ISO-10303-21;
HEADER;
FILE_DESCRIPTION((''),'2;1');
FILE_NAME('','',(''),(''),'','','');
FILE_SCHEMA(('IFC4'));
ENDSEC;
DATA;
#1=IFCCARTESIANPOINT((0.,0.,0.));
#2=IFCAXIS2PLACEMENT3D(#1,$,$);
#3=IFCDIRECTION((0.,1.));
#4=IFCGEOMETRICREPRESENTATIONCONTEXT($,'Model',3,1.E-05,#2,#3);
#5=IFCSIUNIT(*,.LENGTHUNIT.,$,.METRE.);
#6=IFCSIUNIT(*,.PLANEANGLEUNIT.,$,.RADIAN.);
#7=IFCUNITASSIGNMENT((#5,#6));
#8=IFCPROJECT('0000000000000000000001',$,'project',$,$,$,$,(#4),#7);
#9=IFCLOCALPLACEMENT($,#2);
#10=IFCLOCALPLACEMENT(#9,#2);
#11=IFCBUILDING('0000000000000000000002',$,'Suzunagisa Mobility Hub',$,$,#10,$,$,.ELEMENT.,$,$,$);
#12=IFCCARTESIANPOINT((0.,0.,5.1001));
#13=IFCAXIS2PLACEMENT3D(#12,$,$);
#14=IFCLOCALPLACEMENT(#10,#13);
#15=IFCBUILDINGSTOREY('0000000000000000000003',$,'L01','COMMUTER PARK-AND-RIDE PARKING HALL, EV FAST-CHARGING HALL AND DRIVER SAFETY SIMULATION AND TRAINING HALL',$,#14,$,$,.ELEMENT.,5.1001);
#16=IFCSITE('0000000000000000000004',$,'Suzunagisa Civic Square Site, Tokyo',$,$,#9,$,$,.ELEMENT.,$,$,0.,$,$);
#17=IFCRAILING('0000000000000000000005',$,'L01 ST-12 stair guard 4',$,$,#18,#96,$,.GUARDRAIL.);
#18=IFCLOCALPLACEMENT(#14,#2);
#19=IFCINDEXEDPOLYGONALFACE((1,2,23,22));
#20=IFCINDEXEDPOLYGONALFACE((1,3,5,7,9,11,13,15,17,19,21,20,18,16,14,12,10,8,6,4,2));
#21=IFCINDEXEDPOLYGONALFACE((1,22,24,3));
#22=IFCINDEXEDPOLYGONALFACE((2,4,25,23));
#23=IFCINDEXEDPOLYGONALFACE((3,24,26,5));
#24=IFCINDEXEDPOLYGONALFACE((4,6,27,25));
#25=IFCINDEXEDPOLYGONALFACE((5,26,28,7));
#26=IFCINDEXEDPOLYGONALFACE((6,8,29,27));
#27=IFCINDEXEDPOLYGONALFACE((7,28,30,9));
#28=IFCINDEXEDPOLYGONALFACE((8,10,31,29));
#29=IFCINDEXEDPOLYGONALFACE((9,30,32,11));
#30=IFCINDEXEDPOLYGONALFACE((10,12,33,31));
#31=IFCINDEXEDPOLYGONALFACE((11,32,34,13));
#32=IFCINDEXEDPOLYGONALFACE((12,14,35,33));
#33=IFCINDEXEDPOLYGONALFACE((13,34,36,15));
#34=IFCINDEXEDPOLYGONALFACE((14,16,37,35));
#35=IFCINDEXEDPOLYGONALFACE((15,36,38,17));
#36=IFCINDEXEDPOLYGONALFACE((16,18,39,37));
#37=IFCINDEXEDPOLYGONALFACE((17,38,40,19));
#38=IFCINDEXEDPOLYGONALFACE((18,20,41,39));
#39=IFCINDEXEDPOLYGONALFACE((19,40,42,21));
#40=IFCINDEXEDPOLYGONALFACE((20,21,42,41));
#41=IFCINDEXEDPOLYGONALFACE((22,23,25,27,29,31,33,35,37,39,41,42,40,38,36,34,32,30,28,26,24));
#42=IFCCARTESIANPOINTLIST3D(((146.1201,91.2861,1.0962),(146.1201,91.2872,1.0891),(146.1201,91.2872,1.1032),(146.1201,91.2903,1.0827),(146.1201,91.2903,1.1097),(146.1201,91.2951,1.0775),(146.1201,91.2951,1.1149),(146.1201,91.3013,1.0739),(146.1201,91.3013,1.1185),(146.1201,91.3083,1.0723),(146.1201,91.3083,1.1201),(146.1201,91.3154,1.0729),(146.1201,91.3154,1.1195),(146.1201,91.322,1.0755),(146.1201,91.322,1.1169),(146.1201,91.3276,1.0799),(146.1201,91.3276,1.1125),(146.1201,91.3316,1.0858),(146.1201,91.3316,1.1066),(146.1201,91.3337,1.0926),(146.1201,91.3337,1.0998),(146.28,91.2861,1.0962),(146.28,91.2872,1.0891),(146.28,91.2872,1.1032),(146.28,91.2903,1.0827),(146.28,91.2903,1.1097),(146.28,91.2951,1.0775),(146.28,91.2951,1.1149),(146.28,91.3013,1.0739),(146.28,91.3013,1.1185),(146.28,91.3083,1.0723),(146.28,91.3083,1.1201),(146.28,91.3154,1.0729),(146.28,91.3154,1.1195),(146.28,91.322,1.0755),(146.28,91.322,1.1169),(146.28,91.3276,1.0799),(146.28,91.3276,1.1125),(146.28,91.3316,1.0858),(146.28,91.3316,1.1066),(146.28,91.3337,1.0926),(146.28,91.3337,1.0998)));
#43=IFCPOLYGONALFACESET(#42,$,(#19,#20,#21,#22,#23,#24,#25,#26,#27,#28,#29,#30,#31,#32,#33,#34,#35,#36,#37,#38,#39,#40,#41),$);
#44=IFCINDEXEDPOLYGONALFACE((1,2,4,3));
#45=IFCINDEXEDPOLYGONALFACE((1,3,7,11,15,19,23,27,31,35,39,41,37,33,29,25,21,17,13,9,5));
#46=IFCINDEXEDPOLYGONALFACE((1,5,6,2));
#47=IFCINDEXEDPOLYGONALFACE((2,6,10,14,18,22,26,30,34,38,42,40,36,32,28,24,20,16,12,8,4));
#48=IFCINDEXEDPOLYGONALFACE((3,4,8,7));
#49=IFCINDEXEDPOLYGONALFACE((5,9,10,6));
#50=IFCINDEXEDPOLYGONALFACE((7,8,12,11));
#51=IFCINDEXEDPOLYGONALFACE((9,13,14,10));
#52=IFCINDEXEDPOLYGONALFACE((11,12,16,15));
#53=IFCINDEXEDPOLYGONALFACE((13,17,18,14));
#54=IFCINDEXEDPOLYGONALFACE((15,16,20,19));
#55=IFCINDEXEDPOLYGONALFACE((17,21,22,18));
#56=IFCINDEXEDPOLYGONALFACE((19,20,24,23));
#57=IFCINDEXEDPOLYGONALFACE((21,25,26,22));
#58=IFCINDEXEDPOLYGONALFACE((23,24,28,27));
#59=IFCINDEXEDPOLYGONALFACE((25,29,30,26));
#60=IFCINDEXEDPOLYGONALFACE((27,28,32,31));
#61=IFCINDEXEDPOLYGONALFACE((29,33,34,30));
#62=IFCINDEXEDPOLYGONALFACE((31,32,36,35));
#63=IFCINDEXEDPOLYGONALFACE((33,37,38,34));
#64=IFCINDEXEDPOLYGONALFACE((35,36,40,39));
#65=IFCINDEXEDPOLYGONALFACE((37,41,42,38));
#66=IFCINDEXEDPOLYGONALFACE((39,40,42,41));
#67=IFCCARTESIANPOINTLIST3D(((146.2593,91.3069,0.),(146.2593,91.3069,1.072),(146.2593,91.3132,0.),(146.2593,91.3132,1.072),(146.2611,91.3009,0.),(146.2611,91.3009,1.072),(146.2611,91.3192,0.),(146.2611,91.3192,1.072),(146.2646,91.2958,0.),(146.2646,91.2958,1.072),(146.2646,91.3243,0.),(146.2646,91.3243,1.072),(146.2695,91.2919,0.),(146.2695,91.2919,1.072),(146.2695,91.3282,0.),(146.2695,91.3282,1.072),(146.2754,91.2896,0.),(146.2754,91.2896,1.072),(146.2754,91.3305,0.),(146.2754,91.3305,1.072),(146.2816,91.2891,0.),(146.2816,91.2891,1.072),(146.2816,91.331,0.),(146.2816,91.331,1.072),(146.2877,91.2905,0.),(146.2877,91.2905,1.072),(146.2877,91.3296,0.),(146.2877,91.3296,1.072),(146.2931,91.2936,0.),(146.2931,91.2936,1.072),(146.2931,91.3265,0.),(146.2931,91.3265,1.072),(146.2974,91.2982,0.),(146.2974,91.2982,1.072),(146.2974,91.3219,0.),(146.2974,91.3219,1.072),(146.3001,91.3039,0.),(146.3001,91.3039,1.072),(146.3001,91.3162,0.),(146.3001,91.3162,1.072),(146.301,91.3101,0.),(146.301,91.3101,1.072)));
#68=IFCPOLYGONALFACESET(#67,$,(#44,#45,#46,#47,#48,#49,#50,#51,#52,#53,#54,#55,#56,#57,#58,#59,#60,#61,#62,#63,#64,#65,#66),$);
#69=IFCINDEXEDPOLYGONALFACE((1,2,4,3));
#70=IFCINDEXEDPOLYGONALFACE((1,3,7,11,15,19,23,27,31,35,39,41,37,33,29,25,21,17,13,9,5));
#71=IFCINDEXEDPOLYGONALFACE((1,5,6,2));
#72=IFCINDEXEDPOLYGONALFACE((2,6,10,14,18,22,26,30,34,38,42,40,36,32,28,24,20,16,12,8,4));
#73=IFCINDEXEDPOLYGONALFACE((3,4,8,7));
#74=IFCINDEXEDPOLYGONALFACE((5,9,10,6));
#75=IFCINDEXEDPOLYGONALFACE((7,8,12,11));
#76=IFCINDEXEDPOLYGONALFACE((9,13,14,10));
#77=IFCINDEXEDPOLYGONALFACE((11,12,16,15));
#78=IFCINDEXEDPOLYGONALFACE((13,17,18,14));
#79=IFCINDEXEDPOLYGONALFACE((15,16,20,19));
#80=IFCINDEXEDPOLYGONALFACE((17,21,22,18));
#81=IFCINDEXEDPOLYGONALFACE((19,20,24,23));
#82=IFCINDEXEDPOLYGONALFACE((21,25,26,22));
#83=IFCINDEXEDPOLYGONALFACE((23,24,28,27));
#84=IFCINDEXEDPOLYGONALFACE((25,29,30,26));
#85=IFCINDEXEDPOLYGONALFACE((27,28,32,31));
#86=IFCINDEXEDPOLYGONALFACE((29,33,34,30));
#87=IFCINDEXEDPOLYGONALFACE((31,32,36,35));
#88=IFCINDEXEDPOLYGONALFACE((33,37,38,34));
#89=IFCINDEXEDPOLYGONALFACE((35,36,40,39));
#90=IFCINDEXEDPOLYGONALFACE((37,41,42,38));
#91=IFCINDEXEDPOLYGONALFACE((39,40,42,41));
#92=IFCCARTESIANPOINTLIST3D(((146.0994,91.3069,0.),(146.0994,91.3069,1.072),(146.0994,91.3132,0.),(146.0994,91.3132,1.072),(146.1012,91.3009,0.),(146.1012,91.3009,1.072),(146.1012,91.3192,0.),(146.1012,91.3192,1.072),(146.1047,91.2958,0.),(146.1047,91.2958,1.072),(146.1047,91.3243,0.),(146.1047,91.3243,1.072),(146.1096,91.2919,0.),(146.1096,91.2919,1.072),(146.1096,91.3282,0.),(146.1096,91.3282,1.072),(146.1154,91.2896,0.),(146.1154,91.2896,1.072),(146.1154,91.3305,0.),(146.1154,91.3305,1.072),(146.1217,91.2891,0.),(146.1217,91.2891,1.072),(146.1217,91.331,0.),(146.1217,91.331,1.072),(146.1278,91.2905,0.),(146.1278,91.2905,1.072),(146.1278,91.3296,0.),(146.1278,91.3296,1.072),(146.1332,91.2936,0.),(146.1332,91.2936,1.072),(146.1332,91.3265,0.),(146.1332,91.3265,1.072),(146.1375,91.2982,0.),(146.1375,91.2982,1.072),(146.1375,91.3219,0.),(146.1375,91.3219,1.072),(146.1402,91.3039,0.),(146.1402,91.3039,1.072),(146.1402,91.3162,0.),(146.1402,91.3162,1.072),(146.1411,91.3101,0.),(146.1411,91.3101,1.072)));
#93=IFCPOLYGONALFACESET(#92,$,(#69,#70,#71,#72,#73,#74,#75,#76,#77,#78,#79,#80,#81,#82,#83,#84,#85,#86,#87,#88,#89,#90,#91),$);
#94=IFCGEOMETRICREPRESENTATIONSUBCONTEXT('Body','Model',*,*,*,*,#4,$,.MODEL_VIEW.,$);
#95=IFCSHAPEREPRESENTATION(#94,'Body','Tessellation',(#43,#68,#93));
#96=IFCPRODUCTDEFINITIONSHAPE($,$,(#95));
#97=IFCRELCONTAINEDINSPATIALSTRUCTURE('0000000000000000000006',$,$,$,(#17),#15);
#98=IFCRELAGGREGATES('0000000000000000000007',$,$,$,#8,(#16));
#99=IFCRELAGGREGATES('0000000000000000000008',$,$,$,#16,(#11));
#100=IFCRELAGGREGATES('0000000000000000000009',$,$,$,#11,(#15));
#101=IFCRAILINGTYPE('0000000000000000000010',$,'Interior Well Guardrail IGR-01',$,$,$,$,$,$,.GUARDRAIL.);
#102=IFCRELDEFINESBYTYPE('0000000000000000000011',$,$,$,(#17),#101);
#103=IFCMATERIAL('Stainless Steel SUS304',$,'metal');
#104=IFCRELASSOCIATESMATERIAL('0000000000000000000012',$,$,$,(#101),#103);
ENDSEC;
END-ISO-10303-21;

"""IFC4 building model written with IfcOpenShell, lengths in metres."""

from ifc_helpers import new_model, si_unit, direction, frame, origin, origin_2d, place, context, subcontext, project, spatial, circle, extrude, material, type_object, element, save


model = new_model("IFC4")

# Units and contexts
model_context = context("Model", 3, precision=1e-05, world=origin(), true_north=direction((0.0, 1.0)))
body_context = subcontext(model_context, "Body", "Model", "MODEL_VIEW")
ifc_project = project(units=[si_unit("LENGTHUNIT", "METRE"), si_unit("PLANEANGLEUNIT", "RADIAN")], contexts=[model_context])

# Site, building, storey
site_placement = place(None, origin())
site = spatial("IfcSite", under=ifc_project, at=site_placement, Name="Suzunagisa Civic Square Site, Tokyo", CompositionType="ELEMENT", RefElevation=0.0)
building_placement = place(site_placement, origin())
building = spatial("IfcBuilding", under=site, at=building_placement, Name="Suzunagisa Mobility Hub", CompositionType="ELEMENT")
storey_placement = place(building_placement, frame((0.0, 0.0, 5.1001)))
storey = spatial("IfcBuildingStorey", under=building, at=storey_placement, Name="L01", Description="COMMUTER PARK-AND-RIDE PARKING HALL, EV FAST-CHARGING HALL AND DRIVER SAFETY SIMULATION AND TRAINING HALL", CompositionType="ELEMENT", Elevation=5.1001)

# Railing
ifc_material_1 = material(Name="Stainless Steel SUS304", Category="metal")
railing_type_1 = type_object("IfcRailingType", Name="Interior Well Guardrail IGR-01", PredefinedType="GUARDRAIL", material=ifc_material_1)
railing_1_placement = place(storey_placement, frame((146.28, 91.3101, 0.0)))
element("IfcRailing", 1, at=railing_1_placement, inside=storey, type_object=railing_type_1, Name="L01 ST-12 stair guard 4", PredefinedType="GUARDRAIL", context=body_context, shape_type="SweptSolid", body=[
    extrude(circle(Radius=0.0239, at=origin_2d()), frame((0.0, 0.0, 1.0962), z_axis=(-1.0, 0.0, 0.0), x_axis=(0.0, -1.0, 0.0)), (0.0, 0.0, 1.0), 0.1599),
    extrude(circle(Radius=0.021, at=origin_2d()), origin(), (0.0, 0.0, 1.0), 1.072),
    extrude(circle(Radius=0.021, at=origin_2d()), frame((-0.1599, 0.0, 0.0)), (0.0, 0.0, 1.0), 1.072),
])

save(model, "model.ifc")
